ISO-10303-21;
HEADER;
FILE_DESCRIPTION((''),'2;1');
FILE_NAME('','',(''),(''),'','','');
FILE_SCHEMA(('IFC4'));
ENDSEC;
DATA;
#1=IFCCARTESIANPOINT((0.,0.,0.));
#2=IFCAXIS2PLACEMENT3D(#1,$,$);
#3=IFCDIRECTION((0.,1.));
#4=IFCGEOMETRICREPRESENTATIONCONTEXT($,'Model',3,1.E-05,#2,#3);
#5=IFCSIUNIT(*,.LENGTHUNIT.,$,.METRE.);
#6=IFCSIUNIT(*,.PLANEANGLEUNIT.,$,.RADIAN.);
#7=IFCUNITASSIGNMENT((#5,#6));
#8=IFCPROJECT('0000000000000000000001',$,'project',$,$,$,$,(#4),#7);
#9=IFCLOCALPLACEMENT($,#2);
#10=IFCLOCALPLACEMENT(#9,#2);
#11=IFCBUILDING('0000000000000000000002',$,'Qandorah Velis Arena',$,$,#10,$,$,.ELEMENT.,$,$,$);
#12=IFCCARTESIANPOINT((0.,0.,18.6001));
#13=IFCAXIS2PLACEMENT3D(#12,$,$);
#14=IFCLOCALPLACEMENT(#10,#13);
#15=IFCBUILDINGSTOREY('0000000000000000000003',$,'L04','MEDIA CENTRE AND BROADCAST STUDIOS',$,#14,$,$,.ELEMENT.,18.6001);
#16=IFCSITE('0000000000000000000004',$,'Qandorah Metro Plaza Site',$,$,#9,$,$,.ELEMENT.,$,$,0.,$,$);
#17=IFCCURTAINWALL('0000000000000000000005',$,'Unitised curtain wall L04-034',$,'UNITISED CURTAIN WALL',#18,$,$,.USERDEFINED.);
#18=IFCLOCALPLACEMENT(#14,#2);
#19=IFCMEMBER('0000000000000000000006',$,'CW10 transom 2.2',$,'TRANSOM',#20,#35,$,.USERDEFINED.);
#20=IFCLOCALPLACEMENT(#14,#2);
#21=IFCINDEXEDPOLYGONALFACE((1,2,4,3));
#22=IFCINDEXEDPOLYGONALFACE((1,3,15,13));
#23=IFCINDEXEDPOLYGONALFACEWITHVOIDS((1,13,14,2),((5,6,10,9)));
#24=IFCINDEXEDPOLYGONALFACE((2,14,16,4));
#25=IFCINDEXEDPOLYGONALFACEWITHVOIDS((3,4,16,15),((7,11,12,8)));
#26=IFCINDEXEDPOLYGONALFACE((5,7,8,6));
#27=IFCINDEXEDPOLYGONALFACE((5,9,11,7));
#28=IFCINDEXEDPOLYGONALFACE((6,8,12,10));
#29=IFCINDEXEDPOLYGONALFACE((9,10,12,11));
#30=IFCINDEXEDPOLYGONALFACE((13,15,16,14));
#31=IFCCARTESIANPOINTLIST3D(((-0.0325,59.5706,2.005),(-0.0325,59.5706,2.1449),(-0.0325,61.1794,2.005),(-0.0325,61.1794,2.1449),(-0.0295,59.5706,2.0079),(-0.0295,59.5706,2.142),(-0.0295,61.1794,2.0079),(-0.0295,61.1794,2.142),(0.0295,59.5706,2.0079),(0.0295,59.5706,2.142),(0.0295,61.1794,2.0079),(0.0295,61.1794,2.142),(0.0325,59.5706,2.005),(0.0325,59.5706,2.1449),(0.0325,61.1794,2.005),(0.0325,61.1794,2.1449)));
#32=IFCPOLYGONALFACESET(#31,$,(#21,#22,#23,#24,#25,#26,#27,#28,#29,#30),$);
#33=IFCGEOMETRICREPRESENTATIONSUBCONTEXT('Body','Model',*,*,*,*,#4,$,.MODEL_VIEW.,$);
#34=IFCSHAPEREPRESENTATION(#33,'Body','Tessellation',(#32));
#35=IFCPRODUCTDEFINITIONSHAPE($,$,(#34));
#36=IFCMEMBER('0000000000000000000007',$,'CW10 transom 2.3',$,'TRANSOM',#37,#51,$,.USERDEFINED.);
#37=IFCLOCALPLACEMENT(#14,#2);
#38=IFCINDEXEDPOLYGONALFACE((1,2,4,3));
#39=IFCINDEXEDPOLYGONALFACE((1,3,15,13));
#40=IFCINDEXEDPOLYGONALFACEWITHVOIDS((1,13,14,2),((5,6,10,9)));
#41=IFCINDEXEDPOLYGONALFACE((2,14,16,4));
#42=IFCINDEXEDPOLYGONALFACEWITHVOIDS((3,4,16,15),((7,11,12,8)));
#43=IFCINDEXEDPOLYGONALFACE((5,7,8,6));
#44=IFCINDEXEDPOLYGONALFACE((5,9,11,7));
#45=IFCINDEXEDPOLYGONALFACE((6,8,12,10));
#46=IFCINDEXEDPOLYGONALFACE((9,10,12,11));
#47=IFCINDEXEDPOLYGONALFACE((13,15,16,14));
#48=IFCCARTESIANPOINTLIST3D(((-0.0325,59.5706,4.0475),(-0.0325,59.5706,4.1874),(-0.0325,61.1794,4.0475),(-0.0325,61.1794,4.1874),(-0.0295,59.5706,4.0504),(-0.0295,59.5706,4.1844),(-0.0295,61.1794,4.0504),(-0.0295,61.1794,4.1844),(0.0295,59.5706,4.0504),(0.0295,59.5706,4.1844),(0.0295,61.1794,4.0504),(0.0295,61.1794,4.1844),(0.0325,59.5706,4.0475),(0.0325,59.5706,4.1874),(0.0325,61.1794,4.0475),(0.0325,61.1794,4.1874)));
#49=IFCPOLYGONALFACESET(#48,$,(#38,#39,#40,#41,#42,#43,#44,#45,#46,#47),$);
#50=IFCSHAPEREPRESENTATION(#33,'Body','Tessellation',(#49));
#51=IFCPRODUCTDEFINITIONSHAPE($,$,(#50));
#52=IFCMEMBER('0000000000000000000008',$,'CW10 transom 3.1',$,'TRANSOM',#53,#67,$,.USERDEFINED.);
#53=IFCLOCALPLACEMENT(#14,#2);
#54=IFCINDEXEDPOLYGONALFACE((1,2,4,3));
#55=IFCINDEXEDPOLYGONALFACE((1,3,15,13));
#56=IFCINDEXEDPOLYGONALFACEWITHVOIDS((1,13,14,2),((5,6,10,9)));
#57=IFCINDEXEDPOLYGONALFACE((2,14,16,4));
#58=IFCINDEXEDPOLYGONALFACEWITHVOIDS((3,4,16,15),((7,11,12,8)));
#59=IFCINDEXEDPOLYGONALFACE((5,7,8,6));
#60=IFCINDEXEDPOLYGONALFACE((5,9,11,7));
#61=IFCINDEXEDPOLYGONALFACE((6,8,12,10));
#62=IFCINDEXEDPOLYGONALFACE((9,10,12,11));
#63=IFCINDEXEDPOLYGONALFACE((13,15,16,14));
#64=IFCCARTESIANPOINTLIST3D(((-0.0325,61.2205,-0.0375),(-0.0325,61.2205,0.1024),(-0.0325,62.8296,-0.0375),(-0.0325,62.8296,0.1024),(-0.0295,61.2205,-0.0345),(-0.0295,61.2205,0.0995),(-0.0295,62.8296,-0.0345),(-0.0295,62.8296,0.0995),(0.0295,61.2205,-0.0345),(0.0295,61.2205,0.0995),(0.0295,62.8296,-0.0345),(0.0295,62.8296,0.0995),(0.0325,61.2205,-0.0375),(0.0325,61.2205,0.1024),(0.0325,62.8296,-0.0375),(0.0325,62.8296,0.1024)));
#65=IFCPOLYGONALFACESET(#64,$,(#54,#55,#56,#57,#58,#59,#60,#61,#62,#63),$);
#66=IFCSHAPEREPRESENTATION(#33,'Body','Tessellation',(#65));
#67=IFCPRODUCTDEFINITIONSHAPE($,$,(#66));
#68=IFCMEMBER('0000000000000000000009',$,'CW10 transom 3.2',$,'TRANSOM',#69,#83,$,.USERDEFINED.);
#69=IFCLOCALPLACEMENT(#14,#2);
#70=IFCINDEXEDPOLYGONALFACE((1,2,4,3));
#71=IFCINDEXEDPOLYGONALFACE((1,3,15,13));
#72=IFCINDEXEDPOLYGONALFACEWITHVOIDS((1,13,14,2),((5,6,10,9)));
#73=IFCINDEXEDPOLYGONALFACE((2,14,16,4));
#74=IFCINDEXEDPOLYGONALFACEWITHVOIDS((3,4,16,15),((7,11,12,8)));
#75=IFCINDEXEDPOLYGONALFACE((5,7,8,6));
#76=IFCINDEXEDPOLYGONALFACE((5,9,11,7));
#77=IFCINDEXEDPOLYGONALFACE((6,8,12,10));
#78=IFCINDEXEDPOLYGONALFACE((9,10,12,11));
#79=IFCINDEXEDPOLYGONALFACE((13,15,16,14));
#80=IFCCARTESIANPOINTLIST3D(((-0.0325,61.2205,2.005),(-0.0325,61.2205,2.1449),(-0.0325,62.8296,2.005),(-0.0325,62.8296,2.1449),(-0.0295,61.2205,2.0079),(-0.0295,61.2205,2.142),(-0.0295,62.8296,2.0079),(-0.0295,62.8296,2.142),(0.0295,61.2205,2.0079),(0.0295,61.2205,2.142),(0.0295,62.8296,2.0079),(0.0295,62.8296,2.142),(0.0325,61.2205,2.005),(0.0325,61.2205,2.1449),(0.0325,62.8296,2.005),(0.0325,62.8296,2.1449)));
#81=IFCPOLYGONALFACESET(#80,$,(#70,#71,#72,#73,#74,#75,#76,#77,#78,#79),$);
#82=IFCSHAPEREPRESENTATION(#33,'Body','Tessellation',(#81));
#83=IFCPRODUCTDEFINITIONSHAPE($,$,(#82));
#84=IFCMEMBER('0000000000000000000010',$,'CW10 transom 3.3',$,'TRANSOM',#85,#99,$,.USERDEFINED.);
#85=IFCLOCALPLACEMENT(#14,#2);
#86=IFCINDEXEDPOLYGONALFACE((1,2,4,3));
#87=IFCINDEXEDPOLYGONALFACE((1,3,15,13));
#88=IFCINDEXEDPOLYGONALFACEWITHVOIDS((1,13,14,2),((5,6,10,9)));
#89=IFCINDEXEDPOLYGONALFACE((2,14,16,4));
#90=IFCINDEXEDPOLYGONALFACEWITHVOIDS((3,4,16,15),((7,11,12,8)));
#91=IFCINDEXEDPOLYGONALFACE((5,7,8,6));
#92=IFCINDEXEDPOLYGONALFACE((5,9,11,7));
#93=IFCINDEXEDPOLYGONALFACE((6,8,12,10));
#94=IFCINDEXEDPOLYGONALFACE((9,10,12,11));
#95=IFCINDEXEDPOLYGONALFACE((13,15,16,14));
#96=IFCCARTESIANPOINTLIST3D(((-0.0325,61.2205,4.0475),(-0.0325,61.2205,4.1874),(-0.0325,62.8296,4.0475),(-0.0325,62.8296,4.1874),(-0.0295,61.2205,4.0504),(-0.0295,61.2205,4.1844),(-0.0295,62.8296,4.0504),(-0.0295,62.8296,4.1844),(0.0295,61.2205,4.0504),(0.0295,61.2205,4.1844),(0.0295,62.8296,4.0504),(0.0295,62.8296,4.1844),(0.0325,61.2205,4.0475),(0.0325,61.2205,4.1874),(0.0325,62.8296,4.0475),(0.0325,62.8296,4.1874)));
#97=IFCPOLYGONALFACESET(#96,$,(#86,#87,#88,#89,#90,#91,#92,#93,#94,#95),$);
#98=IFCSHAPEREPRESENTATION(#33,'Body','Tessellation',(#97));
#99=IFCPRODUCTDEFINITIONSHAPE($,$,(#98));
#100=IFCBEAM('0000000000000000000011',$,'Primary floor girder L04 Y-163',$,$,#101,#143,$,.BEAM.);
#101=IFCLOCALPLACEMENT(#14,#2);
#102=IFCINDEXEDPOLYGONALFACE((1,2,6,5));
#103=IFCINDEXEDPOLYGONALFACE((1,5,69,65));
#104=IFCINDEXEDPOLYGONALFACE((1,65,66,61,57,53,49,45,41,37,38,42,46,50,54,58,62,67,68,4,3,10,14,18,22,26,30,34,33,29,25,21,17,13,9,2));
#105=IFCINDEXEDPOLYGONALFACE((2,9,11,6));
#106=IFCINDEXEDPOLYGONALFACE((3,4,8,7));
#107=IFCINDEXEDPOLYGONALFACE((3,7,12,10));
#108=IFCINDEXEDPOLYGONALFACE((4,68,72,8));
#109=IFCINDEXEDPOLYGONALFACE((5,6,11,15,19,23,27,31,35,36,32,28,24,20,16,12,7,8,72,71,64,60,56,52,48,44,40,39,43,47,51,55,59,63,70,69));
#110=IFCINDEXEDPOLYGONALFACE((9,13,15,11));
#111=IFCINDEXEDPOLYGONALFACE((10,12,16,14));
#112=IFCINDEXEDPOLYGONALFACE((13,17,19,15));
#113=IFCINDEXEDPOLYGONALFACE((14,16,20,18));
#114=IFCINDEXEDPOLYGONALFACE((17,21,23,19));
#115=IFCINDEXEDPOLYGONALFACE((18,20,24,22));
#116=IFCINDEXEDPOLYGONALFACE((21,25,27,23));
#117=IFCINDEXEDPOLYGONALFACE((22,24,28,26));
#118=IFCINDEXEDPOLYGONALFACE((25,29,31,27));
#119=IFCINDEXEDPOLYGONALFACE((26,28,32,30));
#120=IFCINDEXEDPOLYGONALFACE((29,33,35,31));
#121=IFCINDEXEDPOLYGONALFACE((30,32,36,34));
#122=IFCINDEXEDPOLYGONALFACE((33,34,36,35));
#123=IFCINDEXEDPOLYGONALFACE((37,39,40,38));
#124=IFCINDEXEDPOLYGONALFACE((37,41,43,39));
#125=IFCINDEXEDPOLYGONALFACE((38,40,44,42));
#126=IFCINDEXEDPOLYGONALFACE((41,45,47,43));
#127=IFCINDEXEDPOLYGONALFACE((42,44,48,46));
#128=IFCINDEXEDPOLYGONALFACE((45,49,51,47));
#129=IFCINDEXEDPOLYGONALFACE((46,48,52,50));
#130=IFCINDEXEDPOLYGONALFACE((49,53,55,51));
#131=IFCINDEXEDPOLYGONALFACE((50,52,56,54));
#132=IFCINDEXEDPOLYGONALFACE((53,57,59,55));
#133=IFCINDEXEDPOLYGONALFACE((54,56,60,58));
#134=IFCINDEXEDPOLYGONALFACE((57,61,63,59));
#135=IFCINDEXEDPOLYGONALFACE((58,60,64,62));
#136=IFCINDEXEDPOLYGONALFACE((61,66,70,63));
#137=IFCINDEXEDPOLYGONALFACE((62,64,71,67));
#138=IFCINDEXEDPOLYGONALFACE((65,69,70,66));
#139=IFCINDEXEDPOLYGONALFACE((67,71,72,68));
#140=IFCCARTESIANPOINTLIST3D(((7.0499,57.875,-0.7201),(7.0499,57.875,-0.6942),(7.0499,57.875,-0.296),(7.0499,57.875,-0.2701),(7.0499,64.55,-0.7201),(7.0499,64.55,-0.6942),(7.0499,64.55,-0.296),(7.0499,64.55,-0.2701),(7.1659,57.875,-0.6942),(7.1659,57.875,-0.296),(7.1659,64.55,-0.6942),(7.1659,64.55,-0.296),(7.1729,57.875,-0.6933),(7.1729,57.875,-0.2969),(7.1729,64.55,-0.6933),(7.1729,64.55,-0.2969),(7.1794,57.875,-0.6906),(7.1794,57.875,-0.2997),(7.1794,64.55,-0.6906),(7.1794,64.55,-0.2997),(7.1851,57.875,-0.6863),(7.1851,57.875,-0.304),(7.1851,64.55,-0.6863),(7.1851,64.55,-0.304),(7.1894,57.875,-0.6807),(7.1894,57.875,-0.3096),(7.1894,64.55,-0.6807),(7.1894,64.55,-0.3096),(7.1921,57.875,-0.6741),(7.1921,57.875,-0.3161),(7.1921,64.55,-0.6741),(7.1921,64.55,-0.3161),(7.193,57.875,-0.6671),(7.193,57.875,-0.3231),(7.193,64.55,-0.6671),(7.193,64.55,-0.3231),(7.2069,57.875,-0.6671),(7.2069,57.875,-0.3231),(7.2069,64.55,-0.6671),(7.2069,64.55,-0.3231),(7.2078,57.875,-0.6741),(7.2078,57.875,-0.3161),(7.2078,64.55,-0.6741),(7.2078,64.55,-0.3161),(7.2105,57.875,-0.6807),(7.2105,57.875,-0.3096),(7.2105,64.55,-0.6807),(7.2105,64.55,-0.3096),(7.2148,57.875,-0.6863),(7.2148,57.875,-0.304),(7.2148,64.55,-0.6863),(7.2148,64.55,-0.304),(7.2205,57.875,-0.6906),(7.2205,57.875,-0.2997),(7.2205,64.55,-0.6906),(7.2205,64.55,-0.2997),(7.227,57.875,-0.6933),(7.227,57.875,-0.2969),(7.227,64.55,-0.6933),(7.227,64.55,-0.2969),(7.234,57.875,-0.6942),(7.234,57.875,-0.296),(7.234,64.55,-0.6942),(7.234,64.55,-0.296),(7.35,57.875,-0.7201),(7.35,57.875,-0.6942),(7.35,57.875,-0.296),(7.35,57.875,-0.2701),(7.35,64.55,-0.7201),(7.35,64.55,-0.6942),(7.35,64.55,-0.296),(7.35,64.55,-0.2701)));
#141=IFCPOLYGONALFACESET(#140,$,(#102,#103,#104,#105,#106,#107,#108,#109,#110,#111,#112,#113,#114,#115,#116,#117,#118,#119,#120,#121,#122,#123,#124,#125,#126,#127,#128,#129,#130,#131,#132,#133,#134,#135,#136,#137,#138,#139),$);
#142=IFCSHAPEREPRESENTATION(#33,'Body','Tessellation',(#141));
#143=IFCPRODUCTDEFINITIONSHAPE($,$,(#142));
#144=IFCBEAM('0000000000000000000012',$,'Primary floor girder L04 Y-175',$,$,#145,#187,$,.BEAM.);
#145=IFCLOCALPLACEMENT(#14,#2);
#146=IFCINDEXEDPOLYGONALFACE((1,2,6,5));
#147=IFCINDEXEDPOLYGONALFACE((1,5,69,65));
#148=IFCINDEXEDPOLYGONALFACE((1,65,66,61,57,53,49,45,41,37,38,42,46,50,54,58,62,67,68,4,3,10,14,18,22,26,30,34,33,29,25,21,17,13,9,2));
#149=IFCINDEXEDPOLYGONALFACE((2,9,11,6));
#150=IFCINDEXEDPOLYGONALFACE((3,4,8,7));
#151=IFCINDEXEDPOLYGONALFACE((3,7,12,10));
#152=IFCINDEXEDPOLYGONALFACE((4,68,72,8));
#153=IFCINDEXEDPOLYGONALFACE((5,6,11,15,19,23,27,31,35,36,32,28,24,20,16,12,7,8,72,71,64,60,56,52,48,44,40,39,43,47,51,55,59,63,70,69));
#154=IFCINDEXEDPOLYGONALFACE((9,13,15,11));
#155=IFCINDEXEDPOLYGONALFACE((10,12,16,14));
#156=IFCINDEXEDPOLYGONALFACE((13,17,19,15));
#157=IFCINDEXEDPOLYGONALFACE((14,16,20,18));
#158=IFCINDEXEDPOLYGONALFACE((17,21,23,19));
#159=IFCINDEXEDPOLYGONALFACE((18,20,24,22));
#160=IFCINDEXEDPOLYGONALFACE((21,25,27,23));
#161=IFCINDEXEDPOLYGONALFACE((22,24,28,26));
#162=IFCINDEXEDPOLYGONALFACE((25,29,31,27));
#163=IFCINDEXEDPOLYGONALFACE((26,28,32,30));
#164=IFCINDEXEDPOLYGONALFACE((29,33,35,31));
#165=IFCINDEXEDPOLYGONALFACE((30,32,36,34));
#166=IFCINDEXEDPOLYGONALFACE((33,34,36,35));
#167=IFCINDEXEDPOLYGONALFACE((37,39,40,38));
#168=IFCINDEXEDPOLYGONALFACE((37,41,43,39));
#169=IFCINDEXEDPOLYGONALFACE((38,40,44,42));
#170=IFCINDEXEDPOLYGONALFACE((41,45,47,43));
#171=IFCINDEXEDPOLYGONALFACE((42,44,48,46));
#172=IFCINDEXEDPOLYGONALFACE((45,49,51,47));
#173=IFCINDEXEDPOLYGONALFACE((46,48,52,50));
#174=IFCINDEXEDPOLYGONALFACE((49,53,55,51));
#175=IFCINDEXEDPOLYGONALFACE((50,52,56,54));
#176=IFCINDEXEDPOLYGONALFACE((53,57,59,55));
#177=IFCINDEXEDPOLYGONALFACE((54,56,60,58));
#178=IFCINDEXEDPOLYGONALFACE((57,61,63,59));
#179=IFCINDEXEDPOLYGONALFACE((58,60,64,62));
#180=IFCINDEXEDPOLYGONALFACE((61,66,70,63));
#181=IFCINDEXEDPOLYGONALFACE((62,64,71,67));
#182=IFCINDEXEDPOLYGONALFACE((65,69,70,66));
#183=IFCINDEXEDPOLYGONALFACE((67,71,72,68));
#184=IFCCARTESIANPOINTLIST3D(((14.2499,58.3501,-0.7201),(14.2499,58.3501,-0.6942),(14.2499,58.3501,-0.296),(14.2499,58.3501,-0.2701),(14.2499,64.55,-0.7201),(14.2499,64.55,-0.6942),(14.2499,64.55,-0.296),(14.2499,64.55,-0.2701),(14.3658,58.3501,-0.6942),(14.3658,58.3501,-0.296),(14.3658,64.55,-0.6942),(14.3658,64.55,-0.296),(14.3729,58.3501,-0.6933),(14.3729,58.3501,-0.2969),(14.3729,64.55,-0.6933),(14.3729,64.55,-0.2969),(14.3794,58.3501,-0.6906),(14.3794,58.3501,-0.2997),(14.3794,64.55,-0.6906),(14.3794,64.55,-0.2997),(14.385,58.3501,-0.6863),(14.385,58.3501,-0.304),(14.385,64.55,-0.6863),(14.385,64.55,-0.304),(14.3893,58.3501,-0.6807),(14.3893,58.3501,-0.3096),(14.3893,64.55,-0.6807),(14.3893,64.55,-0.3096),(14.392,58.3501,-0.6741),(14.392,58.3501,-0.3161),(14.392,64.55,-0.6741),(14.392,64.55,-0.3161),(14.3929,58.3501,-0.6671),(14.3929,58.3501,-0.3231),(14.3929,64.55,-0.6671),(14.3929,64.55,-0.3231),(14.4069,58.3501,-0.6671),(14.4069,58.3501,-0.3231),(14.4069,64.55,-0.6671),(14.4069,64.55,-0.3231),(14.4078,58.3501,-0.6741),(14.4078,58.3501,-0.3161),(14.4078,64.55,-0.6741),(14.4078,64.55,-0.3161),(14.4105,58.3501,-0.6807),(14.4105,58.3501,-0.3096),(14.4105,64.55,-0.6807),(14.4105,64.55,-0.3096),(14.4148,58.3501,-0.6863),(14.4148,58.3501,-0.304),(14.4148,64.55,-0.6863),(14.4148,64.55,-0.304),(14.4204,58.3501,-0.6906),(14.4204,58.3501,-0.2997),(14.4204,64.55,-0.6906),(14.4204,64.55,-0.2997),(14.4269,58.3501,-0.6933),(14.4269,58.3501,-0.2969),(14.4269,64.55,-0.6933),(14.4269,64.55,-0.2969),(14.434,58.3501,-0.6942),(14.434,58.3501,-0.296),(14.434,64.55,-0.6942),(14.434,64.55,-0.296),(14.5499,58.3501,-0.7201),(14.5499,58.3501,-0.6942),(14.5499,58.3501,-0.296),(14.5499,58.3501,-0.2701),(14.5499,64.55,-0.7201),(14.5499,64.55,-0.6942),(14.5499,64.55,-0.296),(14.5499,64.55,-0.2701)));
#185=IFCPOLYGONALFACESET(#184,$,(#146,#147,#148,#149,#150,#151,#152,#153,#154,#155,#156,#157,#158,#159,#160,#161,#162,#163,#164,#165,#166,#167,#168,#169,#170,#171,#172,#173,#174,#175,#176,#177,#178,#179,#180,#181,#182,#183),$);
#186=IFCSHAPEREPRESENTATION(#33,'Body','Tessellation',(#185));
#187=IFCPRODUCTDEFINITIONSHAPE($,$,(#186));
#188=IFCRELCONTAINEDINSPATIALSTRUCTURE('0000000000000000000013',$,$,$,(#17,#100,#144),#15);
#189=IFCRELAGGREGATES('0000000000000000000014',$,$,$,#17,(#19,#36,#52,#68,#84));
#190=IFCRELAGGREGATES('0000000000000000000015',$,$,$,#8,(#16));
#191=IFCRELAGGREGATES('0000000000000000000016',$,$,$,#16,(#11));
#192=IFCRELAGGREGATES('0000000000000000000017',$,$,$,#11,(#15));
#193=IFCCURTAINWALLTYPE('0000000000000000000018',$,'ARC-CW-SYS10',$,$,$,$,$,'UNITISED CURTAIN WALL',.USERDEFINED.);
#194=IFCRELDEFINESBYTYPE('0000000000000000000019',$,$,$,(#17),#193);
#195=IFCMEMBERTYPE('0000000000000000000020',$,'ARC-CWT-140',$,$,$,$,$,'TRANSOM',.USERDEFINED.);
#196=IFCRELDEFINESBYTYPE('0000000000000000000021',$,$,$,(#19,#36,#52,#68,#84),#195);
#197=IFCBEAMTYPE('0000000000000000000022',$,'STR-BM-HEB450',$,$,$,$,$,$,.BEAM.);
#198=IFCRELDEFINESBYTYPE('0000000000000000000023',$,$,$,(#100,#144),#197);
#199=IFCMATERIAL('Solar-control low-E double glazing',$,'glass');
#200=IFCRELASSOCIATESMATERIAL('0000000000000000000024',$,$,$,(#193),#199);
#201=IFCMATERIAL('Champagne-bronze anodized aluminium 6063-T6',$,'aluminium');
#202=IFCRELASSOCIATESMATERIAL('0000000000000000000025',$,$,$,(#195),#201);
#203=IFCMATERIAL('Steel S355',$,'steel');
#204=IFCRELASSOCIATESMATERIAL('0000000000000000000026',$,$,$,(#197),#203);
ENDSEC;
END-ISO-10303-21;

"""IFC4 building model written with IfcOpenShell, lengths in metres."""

from ifc_helpers import new_model, si_unit, direction, frame, origin, origin_2d, place, context, subcontext, project, spatial, hollow_rectangle, i_section, extrude, material, material_profile, profile_set, type_object, element, aggregate, save


model = new_model("IFC4")

# Units and contexts
model_context = context("Model", 3, precision=1e-05, world=origin(), true_north=direction((0.0, 1.0)))
body_context = subcontext(model_context, "Body", "Model", "MODEL_VIEW")
ifc_project = project(units=[si_unit("LENGTHUNIT", "METRE"), si_unit("PLANEANGLEUNIT", "RADIAN")], contexts=[model_context])

# Site, building, storey
site_placement = place(None, origin())
site = spatial("IfcSite", under=ifc_project, at=site_placement, Name="Qandorah Metro Plaza Site", CompositionType="ELEMENT", RefElevation=0.0)
building_placement = place(site_placement, origin())
building = spatial("IfcBuilding", under=site, at=building_placement, Name="Qandorah Velis Arena", CompositionType="ELEMENT")
storey_placement = place(building_placement, frame((0.0, 0.0, 18.6001)))
storey = spatial("IfcBuildingStorey", under=building, at=storey_placement, Name="L04", Description="MEDIA CENTRE AND BROADCAST STUDIOS", CompositionType="ELEMENT", Elevation=18.6001)

# Shared definitions
ifc_material_1 = material(Name="Steel S355", Category="steel")

# Curtain wall, members
ifc_material_2 = material(Name="Solar-control low-E double glazing", Category="glass")
curtain_wall_type = type_object("IfcCurtainWallType", Name="ARC-CW-SYS10", ElementType="UNITISED CURTAIN WALL", PredefinedType="USERDEFINED", material=ifc_material_2)
curtain_wall_placement = place(storey_placement, origin())
curtain_wall = element("IfcCurtainWall", 1, at=curtain_wall_placement, inside=storey, type_object=curtain_wall_type, Name="Unitised curtain wall L04-034", ObjectType="UNITISED CURTAIN WALL", PredefinedType="USERDEFINED")
ifc_material_3 = material(Name="Champagne-bronze anodized aluminium 6063-T6", Category="aluminium")
ifc_material_profile_1 = material_profile(ifc_material_3, hollow_rectangle(XDim=0.0649, YDim=0.1399, WallThickness=0.0029, at=origin_2d()), Name="ALU TRANSOM 65x140")
ifc_profile_set_1 = profile_set([ifc_material_profile_1], Name="Champagne-bronze anodized aluminium 6063-T6")
member_type_1 = type_object("IfcMemberType", Name="ARC-CWT-140", ElementType="TRANSOM", PredefinedType="USERDEFINED", material=ifc_profile_set_1)
member_1_placement = place(storey_placement, frame((0.0, 59.5706, 2.075), z_axis=(0.0, 1.0, 0.0), x_axis=(-1.0, 0.0, 0.0)))
member_1 = element("IfcMember", 2, at=member_1_placement, type_object=member_type_1, Name="CW10 transom 2.2", ObjectType="TRANSOM", PredefinedType="USERDEFINED", context=body_context, shape_type="SweptSolid", body=[
    extrude(hollow_rectangle(XDim=0.0649, YDim=0.1399, WallThickness=0.0029, at=origin_2d()), origin(), (0.0, 0.0, 1.0), 1.6089),
])
member_2_placement = place(storey_placement, frame((0.0, 59.5706, 4.1174), z_axis=(0.0, 1.0, 0.0), x_axis=(-1.0, 0.0, 0.0)))
member_2 = element("IfcMember", 3, at=member_2_placement, type_object=member_type_1, Name="CW10 transom 2.3", ObjectType="TRANSOM", PredefinedType="USERDEFINED", context=body_context, shape_type="SweptSolid", body=[
    extrude(hollow_rectangle(XDim=0.0649, YDim=0.1399, WallThickness=0.0029, at=origin_2d()), origin(), (0.0, 0.0, 1.0), 1.6089),
])
member_3_placement = place(storey_placement, frame((0.0, 61.2205, 0.0325), z_axis=(0.0, 1.0, 0.0), x_axis=(-1.0, 0.0, 0.0)))
member_3 = element("IfcMember", 4, at=member_3_placement, type_object=member_type_1, Name="CW10 transom 3.1", ObjectType="TRANSOM", PredefinedType="USERDEFINED", context=body_context, shape_type="SweptSolid", body=[
    extrude(hollow_rectangle(XDim=0.0649, YDim=0.1399, WallThickness=0.0029, at=origin_2d()), origin(), (0.0, 0.0, 1.0), 1.6091),
])
member_4_placement = place(storey_placement, frame((0.0, 61.2205, 2.075), z_axis=(0.0, 1.0, 0.0), x_axis=(-1.0, 0.0, 0.0)))
member_4 = element("IfcMember", 5, at=member_4_placement, type_object=member_type_1, Name="CW10 transom 3.2", ObjectType="TRANSOM", PredefinedType="USERDEFINED", context=body_context, shape_type="SweptSolid", body=[
    extrude(hollow_rectangle(XDim=0.0649, YDim=0.1399, WallThickness=0.0029, at=origin_2d()), origin(), (0.0, 0.0, 1.0), 1.6091),
])
member_5_placement = place(storey_placement, frame((0.0, 61.2205, 4.1174), z_axis=(0.0, 1.0, 0.0), x_axis=(-1.0, 0.0, 0.0)))
member_5 = element("IfcMember", 6, at=member_5_placement, type_object=member_type_1, Name="CW10 transom 3.3", ObjectType="TRANSOM", PredefinedType="USERDEFINED", context=body_context, shape_type="SweptSolid", body=[
    extrude(hollow_rectangle(XDim=0.0649, YDim=0.1399, WallThickness=0.0029, at=origin_2d()), origin(), (0.0, 0.0, 1.0), 1.6091),
])

# Beams
ifc_material_profile_2 = material_profile(ifc_material_1, i_section(OverallWidth=0.3, OverallDepth=0.45, WebThickness=0.0139, FlangeThickness=0.0259, FilletRadius=0.0271, at=origin_2d()), Name="HEB 450")
ifc_profile_set_2 = profile_set([ifc_material_profile_2], Name="Steel S355")
beam_type_1 = type_object("IfcBeamType", Name="STR-BM-HEB450", PredefinedType="BEAM", material=ifc_profile_set_2)
beam_1_placement = place(storey_placement, frame((7.2, 57.875, -0.4951), z_axis=(0.0, 1.0, 0.0), x_axis=(-1.0, 0.0, 0.0)))
element("IfcBeam", 7, at=beam_1_placement, inside=storey, type_object=beam_type_1, Name="Primary floor girder L04 Y-163", PredefinedType="BEAM", context=body_context, shape_type="SweptSolid", body=[
    extrude(i_section(OverallWidth=0.3, OverallDepth=0.45, WebThickness=0.0139, FlangeThickness=0.0259, FilletRadius=0.0271, at=origin_2d()), origin(), (0.0, 0.0, 1.0), 6.675),
])
beam_2_placement = place(storey_placement, frame((14.3999, 58.3501, -0.4951), z_axis=(0.0, 1.0, 0.0), x_axis=(-1.0, 0.0, 0.0)))
element("IfcBeam", 8, at=beam_2_placement, inside=storey, type_object=beam_type_1, Name="Primary floor girder L04 Y-175", PredefinedType="BEAM", context=body_context, shape_type="SweptSolid", body=[
    extrude(i_section(OverallWidth=0.3, OverallDepth=0.45, WebThickness=0.0139, FlangeThickness=0.0259, FilletRadius=0.0271, at=origin_2d()), origin(), (0.0, 0.0, 1.0), 6.2),
])

aggregate(curtain_wall, [member_1, member_2, member_3, member_4, member_5])

save(model, "model.ifc")
